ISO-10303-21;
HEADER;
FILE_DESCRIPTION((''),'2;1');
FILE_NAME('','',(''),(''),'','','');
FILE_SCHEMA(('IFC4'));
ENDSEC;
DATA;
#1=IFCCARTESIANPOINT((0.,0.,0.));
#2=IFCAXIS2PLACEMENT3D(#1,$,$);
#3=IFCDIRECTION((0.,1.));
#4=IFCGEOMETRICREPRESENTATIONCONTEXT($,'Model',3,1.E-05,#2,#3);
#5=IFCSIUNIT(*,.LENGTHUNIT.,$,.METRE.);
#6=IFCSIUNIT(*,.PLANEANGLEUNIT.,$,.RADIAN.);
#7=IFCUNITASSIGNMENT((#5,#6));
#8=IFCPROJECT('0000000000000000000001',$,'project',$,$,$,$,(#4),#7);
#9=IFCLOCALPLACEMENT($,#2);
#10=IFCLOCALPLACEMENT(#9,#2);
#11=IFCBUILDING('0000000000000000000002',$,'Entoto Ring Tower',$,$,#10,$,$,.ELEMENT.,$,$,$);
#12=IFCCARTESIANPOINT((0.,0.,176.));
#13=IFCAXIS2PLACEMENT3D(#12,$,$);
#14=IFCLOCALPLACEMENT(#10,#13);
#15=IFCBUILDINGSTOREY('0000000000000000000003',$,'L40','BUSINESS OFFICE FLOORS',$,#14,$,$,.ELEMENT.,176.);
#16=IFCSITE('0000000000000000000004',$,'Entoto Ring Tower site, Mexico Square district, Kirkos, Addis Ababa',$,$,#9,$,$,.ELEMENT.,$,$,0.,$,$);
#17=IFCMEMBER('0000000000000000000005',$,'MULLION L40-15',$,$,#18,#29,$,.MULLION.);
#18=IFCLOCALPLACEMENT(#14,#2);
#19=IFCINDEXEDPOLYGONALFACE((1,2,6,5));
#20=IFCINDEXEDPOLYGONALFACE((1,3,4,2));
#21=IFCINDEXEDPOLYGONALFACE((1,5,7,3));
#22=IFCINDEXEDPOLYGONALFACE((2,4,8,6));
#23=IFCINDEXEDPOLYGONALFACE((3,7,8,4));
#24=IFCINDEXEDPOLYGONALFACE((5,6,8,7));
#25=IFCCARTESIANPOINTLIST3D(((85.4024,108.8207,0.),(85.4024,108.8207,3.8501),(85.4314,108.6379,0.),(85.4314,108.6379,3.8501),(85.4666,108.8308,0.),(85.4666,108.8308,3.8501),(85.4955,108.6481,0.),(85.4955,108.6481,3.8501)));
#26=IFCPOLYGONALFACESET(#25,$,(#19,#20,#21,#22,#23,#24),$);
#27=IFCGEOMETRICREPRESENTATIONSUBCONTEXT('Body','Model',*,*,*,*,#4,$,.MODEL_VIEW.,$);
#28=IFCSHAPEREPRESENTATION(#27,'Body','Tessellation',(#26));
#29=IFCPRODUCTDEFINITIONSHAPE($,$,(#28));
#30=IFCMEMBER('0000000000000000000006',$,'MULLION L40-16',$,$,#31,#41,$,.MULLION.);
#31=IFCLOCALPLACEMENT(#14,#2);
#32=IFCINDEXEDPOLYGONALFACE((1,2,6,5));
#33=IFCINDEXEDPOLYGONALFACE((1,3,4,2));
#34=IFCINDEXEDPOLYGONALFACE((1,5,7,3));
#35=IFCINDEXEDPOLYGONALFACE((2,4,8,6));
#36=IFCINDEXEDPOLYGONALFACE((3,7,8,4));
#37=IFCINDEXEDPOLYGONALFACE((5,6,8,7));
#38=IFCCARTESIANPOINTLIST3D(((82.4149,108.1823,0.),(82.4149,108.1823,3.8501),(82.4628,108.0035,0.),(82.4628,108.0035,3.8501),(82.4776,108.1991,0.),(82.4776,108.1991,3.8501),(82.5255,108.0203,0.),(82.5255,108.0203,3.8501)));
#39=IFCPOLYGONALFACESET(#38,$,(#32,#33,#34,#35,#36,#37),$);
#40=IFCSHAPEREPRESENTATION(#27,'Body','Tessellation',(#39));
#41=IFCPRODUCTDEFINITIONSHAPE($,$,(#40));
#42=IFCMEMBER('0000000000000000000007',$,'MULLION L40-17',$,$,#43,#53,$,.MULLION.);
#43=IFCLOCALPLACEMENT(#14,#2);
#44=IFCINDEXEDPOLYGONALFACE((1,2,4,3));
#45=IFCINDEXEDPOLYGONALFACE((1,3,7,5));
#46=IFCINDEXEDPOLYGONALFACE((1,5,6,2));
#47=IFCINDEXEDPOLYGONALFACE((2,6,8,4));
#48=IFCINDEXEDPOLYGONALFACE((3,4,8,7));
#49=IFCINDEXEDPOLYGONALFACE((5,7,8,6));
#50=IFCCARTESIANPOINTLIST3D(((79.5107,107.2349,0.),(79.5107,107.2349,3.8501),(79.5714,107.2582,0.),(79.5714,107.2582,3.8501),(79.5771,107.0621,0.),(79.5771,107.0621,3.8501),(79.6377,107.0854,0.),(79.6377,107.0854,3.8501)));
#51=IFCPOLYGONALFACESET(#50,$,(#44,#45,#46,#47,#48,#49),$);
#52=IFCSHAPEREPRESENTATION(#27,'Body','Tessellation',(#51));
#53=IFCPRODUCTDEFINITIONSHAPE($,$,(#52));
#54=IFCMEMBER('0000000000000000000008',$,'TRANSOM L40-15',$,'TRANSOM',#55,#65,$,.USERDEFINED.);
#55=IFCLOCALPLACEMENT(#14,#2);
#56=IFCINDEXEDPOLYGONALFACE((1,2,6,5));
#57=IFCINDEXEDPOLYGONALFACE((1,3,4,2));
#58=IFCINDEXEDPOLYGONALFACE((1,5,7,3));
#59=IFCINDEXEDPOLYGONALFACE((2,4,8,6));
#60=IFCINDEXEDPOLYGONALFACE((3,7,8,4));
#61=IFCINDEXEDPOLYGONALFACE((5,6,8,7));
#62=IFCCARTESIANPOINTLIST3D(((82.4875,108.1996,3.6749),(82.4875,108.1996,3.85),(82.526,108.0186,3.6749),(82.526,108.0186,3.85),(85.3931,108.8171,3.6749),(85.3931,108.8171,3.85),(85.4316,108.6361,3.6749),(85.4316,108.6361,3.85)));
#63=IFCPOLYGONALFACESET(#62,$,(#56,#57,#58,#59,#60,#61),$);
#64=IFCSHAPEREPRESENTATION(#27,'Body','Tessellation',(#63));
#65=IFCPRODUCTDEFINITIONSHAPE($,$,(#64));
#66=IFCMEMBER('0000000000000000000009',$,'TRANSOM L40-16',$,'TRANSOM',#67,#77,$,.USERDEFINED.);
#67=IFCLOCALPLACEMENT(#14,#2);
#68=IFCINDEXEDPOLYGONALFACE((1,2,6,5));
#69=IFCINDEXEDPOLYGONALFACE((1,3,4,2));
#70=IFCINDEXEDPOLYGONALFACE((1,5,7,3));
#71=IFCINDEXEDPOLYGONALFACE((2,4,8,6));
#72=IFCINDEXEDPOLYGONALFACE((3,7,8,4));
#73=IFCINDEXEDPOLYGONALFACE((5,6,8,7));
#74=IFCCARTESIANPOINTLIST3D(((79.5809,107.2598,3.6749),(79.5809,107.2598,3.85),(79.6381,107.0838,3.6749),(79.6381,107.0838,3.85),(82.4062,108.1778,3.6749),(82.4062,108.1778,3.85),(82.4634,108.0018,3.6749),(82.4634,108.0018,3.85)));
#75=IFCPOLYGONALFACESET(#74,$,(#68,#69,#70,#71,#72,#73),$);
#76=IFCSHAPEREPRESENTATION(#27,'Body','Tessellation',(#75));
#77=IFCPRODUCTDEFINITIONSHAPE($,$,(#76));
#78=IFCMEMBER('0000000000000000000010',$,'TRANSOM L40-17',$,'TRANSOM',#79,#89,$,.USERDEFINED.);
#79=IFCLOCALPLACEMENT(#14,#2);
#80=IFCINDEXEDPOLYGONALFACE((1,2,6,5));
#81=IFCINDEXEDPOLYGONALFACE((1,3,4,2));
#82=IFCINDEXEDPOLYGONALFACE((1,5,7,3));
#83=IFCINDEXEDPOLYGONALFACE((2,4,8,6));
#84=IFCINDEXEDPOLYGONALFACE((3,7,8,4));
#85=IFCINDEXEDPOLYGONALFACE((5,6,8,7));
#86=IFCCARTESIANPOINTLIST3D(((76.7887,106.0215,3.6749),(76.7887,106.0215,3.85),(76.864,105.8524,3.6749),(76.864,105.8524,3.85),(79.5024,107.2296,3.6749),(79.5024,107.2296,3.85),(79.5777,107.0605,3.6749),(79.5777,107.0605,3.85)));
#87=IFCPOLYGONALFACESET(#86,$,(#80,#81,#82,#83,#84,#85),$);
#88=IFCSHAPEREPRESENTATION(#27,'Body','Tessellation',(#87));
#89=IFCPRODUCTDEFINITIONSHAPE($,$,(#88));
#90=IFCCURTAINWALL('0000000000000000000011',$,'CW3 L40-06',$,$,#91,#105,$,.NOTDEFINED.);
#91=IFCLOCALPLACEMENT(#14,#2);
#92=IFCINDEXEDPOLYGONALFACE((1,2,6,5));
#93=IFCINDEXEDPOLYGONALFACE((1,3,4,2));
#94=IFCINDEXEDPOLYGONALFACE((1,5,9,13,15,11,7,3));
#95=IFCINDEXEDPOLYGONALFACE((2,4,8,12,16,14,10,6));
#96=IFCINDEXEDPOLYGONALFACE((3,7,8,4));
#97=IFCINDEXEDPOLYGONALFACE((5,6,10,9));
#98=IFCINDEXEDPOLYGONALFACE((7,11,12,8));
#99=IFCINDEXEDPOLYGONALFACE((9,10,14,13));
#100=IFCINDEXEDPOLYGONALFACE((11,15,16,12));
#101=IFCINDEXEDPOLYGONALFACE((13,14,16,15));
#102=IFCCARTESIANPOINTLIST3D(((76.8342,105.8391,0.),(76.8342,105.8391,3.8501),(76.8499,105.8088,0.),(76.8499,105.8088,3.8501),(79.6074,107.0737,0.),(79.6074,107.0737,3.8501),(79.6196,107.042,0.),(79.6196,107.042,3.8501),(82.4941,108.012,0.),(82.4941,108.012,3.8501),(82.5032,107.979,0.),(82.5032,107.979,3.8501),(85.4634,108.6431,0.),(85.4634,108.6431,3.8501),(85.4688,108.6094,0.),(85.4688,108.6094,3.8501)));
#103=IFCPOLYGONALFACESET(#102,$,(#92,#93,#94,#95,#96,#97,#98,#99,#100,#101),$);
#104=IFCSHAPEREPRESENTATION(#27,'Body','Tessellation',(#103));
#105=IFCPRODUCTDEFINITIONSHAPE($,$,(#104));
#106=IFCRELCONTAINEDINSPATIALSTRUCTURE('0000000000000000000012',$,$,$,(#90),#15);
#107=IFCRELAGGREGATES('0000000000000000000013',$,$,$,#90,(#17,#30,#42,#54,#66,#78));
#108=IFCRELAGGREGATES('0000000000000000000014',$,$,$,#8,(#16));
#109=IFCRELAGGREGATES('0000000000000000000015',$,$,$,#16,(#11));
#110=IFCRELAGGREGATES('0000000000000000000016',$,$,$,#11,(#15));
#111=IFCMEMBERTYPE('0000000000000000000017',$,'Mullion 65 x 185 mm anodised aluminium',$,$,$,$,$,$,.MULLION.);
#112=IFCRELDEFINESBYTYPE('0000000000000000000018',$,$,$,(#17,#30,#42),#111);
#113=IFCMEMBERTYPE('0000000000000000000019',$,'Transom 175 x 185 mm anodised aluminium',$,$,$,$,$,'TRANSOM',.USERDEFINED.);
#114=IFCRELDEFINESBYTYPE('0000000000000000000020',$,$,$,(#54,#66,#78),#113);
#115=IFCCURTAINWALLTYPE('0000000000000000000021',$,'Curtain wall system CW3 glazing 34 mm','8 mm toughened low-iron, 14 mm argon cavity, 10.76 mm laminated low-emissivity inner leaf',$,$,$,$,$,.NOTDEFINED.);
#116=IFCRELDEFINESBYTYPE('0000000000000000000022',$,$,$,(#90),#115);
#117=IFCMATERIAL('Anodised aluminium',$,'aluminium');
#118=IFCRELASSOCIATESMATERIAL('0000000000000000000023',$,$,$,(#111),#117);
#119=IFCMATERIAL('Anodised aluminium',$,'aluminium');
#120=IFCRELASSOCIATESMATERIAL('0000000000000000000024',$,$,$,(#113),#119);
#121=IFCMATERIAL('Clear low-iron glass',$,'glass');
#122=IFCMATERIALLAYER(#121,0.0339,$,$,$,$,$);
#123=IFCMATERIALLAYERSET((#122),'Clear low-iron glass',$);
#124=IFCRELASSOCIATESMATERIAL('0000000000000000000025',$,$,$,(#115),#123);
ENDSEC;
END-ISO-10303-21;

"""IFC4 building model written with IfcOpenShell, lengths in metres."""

from ifc_helpers import new_model, si_unit, direction, frame, origin, origin_2d, place, context, subcontext, project, spatial, polyline, rectangle, outline, extrude, material, layer, layer_set, material_profile, profile_set, type_object, element, aggregate, save


model = new_model("IFC4")

# Units and contexts
model_context = context("Model", 3, precision=1e-05, world=origin(), true_north=direction((0.0, 1.0)))
body_context = subcontext(model_context, "Body", "Model", "MODEL_VIEW")
ifc_project = project(units=[si_unit("LENGTHUNIT", "METRE"), si_unit("PLANEANGLEUNIT", "RADIAN")], contexts=[model_context])

# Members
ifc_material_1 = material(Name="Anodised aluminium", Category="aluminium")
ifc_material_profile_1 = material_profile(ifc_material_1, rectangle(XDim=0.0649, YDim=0.1851, at=origin_2d()), Name="Mullion 65 x 185 mm anodised aluminium")
ifc_profile_set_1 = profile_set([ifc_material_profile_1], Name="Anodised aluminium")
member_type_1 = type_object("IfcMemberType", Name="Mullion 65 x 185 mm anodised aluminium", PredefinedType="MULLION", material=ifc_profile_set_1)
site_placement = place(None, origin())
building_placement = place(site_placement, origin())
storey_placement = place(building_placement, frame((0.0, 0.0, 176.0)))
member_1_placement = place(storey_placement, frame((85.449, 108.7344, 0.0), z_axis=(0.0, 0.0, 1.0), x_axis=(-0.987688, -0.156434, 0.0)))
member_1 = element("IfcMember", 1, at=member_1_placement, type_object=member_type_1, Name="MULLION L40-15", PredefinedType="MULLION", context=body_context, shape_type="SweptSolid", body=[
    extrude(rectangle(XDim=0.0649, YDim=0.1851, at=origin_2d()), origin(), (0.0, 0.0, 1.0), 3.8501),
])
member_2_placement = place(storey_placement, frame((82.4702, 108.1013, 0.0), z_axis=(0.0, 0.0, 1.0), x_axis=(-0.965926, -0.258819, 0.0)))
member_2 = element("IfcMember", 2, at=member_2_placement, type_object=member_type_1, Name="MULLION L40-16", PredefinedType="MULLION", context=body_context, shape_type="SweptSolid", body=[
    extrude(rectangle(XDim=0.0649, YDim=0.1851, at=origin_2d()), origin(), (0.0, 0.0, 1.0), 3.8501),
])
member_3_placement = place(storey_placement, frame((79.5742, 107.1602, 0.0), z_axis=(0.0, 0.0, 1.0), x_axis=(-0.93358, -0.358368, 0.0)))
member_3 = element("IfcMember", 3, at=member_3_placement, type_object=member_type_1, Name="MULLION L40-17", PredefinedType="MULLION", context=body_context, shape_type="SweptSolid", body=[
    extrude(rectangle(XDim=0.0649, YDim=0.1851, at=origin_2d()), origin(), (0.0, 0.0, 1.0), 3.8501),
])
ifc_material_2 = material(Name="Anodised aluminium", Category="aluminium")
ifc_material_profile_2 = material_profile(ifc_material_2, rectangle(XDim=0.1851, YDim=0.175, at=origin_2d()), Name="Transom 175 x 185 mm anodised aluminium")
ifc_profile_set_2 = profile_set([ifc_material_profile_2], Name="Anodised aluminium")
member_type_2 = type_object("IfcMemberType", Name="Transom 175 x 185 mm anodised aluminium", ElementType="TRANSOM", PredefinedType="USERDEFINED", material=ifc_profile_set_2)
member_4_placement = place(storey_placement, frame((85.4124, 108.7266, 3.7625), z_axis=(-0.978158, -0.207862, 0.0), x_axis=(0.207862, -0.978158, 0.0)))
member_4 = element("IfcMember", 4, at=member_4_placement, type_object=member_type_2, Name="TRANSOM L40-15", ObjectType="TRANSOM", PredefinedType="USERDEFINED", context=body_context, shape_type="SweptSolid", body=[
    extrude(rectangle(XDim=0.1851, YDim=0.175, at=origin_2d()), origin(), (0.0, 0.0, 1.0), 2.9705),
])
member_5_placement = place(storey_placement, frame((82.4348, 108.0898, 3.7625), z_axis=(-0.951056, -0.309019, 0.0), x_axis=(0.309019, -0.951056, 0.0)))
member_5 = element("IfcMember", 5, at=member_5_placement, type_object=member_type_2, Name="TRANSOM L40-16", ObjectType="TRANSOM", PredefinedType="USERDEFINED", context=body_context, shape_type="SweptSolid", body=[
    extrude(rectangle(XDim=0.1851, YDim=0.175, at=origin_2d()), origin(), (0.0, 0.0, 1.0), 2.9707),
])
member_6_placement = place(storey_placement, frame((79.54, 107.145, 3.7625), z_axis=(-0.913567, -0.406687, 0.0), x_axis=(0.406687, -0.913567, 0.0)))
member_6 = element("IfcMember", 6, at=member_6_placement, type_object=member_type_2, Name="TRANSOM L40-17", ObjectType="TRANSOM", PredefinedType="USERDEFINED", context=body_context, shape_type="SweptSolid", body=[
    extrude(rectangle(XDim=0.1851, YDim=0.175, at=origin_2d()), origin(), (0.0, 0.0, 1.0), 2.9705),
])

# Site, building, storey
site = spatial("IfcSite", under=ifc_project, at=site_placement, Name="Entoto Ring Tower site, Mexico Square district, Kirkos, Addis Ababa", CompositionType="ELEMENT", RefElevation=0.0)
building = spatial("IfcBuilding", under=site, at=building_placement, Name="Entoto Ring Tower", CompositionType="ELEMENT")
storey = spatial("IfcBuildingStorey", under=building, at=storey_placement, Name="L40", Description="BUSINESS OFFICE FLOORS", CompositionType="ELEMENT", Elevation=176.0)

# Curtain wall
ifc_material_3 = material(Name="Clear low-iron glass", Category="glass")
ifc_layer = layer(ifc_material_3, 0.0339)
ifc_layer_set = layer_set([ifc_layer], Name="Clear low-iron glass")
curtain_wall_type = type_object("IfcCurtainWallType", Name="Curtain wall system CW3 glazing 34 mm", Description="8 mm toughened low-iron, 14 mm argon cavity, 10.76 mm laminated low-emissivity inner leaf", PredefinedType="NOTDEFINED", material=ifc_layer_set)
curtain_wall_1_placement = place(storey_placement, origin())
curtain_wall_1 = element("IfcCurtainWall", 7, at=curtain_wall_1_placement, inside=storey, type_object=curtain_wall_type, Name="CW3 L40-06", PredefinedType="NOTDEFINED", context=body_context, shape_type="SweptSolid", body=[
    extrude(outline(polyline([(85.4634, 108.6431), (82.4941, 108.012), (79.6074, 107.0737), (76.8342, 105.8391), (76.8499, 105.8088), (79.6196, 107.042), (82.5032, 107.979), (85.4688, 108.6094), (85.4634, 108.6431)])), origin(), (0.0, 0.0, 1.0), 3.8501),
])
aggregate(curtain_wall_1, [member_1, member_2, member_3, member_4, member_5, member_6])

save(model, "model.ifc")
